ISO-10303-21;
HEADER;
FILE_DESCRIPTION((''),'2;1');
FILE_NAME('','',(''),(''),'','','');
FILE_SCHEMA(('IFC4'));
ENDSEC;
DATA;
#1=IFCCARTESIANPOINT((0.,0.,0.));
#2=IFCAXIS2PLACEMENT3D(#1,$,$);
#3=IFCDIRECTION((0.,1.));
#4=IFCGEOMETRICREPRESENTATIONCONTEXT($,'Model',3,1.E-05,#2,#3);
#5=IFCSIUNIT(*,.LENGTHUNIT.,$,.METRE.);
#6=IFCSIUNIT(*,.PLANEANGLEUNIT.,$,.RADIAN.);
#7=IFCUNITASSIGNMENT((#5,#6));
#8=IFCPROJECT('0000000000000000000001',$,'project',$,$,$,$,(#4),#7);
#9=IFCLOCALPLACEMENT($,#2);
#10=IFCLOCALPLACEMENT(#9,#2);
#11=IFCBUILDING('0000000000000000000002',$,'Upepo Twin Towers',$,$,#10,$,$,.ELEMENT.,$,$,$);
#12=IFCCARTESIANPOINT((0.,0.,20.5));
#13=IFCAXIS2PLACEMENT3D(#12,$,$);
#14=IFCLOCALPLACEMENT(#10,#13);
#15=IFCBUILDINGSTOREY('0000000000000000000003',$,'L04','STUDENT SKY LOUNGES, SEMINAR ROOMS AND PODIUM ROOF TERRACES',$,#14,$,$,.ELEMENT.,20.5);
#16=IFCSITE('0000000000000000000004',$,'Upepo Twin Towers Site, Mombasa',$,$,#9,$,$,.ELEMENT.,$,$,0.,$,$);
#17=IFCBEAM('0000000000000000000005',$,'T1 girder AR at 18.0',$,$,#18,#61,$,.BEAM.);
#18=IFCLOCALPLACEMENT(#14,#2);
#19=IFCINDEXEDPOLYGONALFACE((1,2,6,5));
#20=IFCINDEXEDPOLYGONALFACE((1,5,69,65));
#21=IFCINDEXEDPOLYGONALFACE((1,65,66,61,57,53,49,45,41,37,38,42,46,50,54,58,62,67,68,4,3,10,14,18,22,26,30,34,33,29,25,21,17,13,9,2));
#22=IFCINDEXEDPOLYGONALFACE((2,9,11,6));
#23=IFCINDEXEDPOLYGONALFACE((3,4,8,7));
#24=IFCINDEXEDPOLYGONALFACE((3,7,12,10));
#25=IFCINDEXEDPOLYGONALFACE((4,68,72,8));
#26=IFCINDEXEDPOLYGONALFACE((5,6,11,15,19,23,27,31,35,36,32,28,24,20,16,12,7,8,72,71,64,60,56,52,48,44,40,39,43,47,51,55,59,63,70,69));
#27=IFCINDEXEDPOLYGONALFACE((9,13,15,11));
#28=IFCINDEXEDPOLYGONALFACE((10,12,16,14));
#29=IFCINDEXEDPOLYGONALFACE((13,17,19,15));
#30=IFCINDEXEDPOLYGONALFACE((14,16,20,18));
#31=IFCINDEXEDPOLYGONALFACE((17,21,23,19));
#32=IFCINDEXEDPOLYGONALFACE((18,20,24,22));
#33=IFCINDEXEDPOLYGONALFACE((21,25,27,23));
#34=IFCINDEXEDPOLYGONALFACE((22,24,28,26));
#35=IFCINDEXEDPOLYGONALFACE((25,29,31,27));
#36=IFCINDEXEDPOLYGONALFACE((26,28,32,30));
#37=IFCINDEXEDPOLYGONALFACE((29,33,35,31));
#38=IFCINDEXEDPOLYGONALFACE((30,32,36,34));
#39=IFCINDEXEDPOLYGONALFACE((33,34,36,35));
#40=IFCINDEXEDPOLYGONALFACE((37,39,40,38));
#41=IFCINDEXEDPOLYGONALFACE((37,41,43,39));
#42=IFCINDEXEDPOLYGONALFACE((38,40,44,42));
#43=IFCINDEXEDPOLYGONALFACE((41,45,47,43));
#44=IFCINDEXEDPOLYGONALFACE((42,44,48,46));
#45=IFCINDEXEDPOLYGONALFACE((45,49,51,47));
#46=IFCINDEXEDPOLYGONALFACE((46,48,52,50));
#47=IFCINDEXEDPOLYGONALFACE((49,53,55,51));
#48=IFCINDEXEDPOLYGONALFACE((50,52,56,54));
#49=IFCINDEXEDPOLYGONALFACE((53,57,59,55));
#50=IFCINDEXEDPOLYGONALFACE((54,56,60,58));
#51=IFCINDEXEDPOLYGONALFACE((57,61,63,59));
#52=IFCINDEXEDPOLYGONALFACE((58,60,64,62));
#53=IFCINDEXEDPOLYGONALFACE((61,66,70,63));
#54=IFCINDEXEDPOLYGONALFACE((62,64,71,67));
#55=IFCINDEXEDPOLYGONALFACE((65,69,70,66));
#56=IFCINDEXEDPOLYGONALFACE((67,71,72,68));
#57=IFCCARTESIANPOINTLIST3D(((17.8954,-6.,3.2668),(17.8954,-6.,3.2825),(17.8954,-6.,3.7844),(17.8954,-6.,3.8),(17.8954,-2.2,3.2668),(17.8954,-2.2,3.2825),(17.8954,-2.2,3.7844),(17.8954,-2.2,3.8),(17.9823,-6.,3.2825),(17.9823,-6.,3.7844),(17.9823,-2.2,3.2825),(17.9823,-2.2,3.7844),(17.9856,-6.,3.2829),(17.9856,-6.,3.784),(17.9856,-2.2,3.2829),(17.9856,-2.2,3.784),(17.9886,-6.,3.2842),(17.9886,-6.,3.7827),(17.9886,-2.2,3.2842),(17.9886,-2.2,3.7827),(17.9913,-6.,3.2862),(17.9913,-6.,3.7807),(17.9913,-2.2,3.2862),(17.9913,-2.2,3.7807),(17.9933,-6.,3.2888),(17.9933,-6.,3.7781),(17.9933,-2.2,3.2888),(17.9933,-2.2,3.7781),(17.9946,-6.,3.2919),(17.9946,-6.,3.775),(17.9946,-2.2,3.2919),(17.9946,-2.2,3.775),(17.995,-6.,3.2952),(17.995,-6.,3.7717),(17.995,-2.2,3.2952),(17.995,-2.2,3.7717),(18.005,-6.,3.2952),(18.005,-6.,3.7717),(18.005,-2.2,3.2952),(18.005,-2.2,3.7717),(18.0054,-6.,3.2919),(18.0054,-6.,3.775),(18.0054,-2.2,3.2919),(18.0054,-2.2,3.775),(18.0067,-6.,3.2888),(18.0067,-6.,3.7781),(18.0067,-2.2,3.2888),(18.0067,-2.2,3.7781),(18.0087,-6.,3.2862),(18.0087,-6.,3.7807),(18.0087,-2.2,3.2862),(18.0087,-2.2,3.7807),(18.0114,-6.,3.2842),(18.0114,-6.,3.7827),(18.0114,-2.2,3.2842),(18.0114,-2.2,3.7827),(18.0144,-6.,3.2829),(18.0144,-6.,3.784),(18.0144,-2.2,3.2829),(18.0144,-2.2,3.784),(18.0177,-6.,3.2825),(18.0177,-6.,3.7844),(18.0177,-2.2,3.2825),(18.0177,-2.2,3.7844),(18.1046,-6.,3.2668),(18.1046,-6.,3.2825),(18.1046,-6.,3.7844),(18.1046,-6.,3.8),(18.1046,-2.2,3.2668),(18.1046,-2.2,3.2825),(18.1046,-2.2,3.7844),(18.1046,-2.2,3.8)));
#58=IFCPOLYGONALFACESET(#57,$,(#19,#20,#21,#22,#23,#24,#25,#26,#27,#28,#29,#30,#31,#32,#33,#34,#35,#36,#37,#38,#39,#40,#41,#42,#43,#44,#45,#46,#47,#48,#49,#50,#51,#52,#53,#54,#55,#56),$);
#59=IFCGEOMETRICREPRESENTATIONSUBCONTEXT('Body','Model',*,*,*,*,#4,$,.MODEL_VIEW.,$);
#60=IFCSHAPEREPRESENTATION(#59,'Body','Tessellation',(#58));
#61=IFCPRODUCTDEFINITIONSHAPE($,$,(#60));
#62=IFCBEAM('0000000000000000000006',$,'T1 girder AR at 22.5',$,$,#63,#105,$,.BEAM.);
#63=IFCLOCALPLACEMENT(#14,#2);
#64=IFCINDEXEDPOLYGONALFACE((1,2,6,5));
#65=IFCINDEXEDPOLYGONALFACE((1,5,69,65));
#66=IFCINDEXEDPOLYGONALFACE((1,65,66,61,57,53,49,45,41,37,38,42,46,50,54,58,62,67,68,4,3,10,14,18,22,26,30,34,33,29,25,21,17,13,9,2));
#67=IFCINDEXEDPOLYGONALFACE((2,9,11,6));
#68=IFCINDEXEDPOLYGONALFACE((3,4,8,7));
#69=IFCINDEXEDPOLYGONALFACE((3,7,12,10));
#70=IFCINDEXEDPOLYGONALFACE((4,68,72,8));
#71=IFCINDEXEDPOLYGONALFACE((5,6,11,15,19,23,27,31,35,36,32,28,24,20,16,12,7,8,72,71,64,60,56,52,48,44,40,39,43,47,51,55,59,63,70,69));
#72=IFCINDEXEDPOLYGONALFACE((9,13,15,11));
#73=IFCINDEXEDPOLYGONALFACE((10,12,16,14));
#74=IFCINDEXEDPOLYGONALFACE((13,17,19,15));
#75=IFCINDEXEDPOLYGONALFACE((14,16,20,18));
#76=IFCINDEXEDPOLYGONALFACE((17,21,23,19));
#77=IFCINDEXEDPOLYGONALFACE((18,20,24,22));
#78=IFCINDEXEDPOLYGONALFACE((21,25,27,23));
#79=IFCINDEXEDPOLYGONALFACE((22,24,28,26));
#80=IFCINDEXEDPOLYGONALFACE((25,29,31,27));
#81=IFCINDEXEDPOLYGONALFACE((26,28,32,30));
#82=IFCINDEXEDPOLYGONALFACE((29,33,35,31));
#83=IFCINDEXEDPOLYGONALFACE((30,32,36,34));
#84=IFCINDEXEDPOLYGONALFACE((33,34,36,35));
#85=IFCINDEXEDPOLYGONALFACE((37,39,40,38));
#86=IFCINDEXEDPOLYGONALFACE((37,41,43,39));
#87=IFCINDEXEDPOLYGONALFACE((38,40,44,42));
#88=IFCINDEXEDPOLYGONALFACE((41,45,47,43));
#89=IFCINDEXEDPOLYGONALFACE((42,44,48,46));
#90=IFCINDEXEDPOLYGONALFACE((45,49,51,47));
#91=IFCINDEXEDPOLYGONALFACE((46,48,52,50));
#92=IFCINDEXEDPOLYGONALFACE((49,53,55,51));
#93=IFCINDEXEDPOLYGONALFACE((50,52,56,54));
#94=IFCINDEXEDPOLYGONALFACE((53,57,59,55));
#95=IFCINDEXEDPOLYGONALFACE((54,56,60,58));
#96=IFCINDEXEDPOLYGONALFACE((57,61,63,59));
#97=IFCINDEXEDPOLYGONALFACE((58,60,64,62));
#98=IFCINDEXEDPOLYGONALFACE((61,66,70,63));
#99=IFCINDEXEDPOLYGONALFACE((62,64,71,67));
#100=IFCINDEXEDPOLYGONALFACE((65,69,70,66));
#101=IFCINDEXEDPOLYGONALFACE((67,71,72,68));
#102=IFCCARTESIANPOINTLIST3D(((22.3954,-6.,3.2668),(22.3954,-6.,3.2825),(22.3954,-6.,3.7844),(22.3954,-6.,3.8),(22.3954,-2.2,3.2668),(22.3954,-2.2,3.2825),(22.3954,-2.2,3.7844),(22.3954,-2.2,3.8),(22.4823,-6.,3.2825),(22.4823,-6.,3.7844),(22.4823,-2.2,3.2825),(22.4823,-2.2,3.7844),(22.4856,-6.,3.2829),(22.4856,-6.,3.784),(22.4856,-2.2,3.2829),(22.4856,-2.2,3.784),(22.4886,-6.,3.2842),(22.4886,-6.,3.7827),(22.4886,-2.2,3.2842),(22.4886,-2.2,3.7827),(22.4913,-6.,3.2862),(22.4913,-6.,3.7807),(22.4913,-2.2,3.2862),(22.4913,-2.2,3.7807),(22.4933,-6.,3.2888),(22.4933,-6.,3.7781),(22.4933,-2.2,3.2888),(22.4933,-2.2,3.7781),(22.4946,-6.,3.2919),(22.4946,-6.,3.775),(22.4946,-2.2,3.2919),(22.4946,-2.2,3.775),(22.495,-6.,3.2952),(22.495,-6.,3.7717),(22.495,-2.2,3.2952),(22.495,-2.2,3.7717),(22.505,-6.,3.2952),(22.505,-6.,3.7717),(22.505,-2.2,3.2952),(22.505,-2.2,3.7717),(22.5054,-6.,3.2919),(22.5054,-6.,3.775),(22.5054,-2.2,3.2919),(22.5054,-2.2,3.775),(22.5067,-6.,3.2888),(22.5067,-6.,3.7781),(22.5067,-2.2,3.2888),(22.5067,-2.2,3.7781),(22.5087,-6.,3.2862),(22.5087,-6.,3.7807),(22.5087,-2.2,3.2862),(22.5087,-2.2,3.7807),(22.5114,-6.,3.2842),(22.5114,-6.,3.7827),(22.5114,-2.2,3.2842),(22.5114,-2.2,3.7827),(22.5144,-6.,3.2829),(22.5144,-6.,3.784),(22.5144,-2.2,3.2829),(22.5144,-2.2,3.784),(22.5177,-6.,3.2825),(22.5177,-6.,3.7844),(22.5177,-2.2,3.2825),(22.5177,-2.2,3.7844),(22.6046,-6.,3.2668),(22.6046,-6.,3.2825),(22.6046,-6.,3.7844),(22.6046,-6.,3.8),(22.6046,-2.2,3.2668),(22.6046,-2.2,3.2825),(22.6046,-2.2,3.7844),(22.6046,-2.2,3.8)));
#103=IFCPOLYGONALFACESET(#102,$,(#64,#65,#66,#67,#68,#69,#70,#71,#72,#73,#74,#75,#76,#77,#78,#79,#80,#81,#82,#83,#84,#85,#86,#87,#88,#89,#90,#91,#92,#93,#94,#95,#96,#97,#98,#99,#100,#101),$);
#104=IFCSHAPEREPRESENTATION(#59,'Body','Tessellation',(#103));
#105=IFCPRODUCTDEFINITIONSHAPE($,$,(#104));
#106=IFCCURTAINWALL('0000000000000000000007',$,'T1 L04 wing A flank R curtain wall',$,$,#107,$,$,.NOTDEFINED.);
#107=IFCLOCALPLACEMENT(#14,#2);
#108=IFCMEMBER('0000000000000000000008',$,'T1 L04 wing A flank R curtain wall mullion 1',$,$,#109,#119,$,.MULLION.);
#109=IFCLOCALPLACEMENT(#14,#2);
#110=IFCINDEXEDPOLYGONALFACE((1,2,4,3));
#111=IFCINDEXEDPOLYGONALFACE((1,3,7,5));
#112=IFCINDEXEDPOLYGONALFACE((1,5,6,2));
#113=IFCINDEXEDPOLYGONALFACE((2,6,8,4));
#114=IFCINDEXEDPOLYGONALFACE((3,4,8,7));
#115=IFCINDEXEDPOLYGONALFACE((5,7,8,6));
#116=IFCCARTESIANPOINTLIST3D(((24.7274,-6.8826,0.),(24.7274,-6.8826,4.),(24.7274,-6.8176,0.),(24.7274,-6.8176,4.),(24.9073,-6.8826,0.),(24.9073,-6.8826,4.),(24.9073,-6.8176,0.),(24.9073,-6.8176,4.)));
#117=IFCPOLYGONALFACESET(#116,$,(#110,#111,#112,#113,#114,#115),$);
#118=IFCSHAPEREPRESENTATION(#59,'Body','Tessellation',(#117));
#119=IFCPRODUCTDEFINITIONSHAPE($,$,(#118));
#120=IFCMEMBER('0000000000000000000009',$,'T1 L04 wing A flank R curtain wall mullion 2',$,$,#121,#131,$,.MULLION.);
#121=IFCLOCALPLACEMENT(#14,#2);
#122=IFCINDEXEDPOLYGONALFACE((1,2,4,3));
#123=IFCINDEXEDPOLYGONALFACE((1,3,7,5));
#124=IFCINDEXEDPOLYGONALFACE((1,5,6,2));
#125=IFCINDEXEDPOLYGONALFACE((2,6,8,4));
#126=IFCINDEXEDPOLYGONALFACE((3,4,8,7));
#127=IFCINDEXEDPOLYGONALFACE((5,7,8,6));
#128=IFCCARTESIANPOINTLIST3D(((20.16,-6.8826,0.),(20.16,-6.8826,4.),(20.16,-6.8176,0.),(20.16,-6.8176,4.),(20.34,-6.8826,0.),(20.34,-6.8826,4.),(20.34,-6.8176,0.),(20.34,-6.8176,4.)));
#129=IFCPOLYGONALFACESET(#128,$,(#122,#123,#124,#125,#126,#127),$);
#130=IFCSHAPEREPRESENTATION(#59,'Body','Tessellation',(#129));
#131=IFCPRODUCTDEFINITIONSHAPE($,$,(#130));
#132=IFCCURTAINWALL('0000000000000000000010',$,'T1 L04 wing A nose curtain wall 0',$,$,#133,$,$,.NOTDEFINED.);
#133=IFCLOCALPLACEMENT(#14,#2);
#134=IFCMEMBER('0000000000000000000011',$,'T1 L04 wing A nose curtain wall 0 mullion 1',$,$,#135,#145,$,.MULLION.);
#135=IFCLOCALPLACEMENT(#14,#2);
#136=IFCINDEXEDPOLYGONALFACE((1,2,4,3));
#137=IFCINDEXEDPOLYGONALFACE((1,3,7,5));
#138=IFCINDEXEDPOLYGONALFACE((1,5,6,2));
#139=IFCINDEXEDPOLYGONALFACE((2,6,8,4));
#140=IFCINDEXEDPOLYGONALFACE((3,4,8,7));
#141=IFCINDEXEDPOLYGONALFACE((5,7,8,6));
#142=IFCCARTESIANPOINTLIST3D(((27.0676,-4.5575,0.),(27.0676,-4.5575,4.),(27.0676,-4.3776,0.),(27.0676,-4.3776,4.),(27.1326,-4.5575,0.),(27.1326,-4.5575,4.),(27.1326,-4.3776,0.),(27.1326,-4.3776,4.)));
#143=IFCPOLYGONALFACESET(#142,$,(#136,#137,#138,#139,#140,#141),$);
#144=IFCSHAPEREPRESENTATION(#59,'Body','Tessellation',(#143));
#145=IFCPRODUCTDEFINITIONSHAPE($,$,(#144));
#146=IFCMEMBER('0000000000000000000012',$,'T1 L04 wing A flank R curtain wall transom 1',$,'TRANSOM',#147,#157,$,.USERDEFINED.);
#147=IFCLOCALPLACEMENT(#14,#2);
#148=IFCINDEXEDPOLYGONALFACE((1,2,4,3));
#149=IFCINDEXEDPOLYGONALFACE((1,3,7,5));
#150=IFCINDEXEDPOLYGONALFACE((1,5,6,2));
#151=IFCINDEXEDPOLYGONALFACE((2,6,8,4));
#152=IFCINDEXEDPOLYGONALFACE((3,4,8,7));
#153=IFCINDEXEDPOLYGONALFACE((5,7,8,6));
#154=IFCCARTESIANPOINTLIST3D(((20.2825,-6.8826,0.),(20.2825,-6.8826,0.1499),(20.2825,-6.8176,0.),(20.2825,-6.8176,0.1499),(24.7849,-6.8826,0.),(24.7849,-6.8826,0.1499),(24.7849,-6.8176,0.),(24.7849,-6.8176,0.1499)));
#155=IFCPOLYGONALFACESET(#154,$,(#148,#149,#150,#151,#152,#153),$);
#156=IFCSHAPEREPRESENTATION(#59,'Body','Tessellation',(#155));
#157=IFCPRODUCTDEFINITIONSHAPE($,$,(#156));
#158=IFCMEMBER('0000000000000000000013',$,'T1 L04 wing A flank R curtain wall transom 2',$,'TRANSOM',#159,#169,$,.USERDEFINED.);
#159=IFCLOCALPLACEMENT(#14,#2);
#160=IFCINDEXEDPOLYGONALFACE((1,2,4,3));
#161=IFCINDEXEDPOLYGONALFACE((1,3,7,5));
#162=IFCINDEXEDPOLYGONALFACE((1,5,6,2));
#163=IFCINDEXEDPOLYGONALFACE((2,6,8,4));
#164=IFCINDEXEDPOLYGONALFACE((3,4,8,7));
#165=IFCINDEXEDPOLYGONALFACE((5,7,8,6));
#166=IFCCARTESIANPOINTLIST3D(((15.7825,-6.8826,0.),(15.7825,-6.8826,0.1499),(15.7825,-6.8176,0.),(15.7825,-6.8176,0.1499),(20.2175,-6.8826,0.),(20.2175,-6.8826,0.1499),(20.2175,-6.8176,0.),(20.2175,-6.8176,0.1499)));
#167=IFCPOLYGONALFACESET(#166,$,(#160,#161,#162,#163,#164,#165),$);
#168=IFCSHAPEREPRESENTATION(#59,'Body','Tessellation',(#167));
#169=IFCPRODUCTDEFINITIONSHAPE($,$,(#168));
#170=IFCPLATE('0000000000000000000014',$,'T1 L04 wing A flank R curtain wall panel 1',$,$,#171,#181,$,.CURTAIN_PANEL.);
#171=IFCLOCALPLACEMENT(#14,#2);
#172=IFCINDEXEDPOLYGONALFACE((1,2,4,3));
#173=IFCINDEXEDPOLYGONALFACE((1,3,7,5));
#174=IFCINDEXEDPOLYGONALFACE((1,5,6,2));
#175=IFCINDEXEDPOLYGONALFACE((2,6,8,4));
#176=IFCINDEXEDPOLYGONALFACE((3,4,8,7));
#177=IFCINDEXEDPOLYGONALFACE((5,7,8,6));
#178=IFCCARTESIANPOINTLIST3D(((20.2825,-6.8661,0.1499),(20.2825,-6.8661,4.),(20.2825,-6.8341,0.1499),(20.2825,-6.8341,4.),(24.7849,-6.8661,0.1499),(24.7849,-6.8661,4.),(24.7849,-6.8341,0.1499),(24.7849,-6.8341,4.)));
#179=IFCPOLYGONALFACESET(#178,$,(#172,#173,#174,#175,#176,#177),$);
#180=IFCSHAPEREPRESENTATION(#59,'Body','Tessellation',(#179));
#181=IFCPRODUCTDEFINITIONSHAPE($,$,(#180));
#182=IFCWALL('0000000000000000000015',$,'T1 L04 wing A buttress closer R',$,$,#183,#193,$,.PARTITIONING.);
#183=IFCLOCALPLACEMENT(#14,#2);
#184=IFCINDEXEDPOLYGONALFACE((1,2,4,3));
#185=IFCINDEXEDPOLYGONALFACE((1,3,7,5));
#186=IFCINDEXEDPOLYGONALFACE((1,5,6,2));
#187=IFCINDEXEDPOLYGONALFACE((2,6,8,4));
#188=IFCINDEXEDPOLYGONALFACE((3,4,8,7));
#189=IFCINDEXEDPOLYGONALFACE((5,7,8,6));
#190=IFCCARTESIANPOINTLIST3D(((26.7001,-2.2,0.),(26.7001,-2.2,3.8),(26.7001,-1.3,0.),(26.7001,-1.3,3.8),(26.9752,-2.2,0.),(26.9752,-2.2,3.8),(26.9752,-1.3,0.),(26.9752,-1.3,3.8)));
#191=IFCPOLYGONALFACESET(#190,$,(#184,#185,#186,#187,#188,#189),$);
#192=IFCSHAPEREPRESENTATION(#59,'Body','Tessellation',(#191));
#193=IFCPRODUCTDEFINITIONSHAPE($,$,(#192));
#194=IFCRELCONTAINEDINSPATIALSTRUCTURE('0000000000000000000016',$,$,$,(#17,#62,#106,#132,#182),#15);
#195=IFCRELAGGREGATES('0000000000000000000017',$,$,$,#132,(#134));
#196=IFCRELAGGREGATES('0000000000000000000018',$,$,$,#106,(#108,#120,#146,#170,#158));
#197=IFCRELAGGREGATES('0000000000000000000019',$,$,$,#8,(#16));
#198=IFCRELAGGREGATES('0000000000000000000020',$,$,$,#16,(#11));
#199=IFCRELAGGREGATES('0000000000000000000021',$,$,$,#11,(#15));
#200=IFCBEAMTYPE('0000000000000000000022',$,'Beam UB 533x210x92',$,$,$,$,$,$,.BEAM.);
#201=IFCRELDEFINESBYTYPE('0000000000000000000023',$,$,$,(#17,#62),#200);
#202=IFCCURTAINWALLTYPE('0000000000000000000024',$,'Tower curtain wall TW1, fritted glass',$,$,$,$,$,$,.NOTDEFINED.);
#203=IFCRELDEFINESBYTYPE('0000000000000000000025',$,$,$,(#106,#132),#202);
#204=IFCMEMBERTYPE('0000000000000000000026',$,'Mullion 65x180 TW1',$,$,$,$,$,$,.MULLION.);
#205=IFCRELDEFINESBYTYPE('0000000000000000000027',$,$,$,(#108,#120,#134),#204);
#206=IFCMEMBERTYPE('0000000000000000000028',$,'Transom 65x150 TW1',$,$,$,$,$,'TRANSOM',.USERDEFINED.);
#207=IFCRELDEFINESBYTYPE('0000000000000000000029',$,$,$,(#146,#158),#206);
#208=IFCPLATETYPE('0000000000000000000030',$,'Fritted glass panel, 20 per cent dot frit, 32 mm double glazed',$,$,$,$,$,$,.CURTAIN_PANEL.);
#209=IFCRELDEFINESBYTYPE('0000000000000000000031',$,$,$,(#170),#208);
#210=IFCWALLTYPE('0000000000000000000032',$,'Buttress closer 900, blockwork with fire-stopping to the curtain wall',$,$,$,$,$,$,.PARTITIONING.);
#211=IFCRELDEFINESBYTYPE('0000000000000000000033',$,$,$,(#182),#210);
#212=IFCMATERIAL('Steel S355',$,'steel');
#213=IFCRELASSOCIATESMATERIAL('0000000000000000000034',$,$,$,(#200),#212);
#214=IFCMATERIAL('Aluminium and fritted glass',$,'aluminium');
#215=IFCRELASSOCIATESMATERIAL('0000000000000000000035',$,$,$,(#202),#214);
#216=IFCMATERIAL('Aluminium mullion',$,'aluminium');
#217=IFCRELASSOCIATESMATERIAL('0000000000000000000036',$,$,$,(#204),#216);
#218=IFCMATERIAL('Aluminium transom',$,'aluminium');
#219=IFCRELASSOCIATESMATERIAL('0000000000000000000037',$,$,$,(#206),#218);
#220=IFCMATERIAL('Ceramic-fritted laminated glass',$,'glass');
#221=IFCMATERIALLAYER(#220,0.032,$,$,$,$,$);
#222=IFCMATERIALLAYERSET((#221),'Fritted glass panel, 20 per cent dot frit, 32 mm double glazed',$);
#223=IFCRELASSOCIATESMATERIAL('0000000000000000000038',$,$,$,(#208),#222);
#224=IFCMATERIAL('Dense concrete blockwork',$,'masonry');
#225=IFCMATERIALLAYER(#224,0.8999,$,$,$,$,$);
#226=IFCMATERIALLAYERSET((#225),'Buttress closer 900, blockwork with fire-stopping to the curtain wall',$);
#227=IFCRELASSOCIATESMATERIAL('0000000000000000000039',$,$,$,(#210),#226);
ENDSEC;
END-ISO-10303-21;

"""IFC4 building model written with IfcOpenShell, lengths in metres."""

from ifc_helpers import new_model, si_unit, direction, frame, frame_2d, origin, origin_2d, place, context, subcontext, project, spatial, rectangle, i_section, extrude, material, layer, layer_set, material_profile, profile_set, type_object, element, aggregate, save


model = new_model("IFC4")

# Units and contexts
model_context = context("Model", 3, precision=1e-05, world=origin(), true_north=direction((0.0, 1.0)))
body_context = subcontext(model_context, "Body", "Model", "MODEL_VIEW")
ifc_project = project(units=[si_unit("LENGTHUNIT", "METRE"), si_unit("PLANEANGLEUNIT", "RADIAN")], contexts=[model_context])

# Site, building, storey
site_placement = place(None, origin())
site = spatial("IfcSite", under=ifc_project, at=site_placement, Name="Upepo Twin Towers Site, Mombasa", CompositionType="ELEMENT", RefElevation=0.0)
building_placement = place(site_placement, origin())
building = spatial("IfcBuilding", under=site, at=building_placement, Name="Upepo Twin Towers", CompositionType="ELEMENT")
storey_placement = place(building_placement, frame((0.0, 0.0, 20.5)))
storey = spatial("IfcBuildingStorey", under=building, at=storey_placement, Name="L04", Description="STUDENT SKY LOUNGES, SEMINAR ROOMS AND PODIUM ROOF TERRACES", CompositionType="ELEMENT", Elevation=20.5)

# Beams
ifc_material_1 = material(Name="Steel S355", Category="steel")
ifc_material_profile_1 = material_profile(ifc_material_1, i_section(OverallWidth=0.2092, OverallDepth=0.5332, WebThickness=0.01, FlangeThickness=0.0156, FilletRadius=0.0127, at=origin_2d()), Name="UB 533x210x92")
ifc_profile_set_1 = profile_set([ifc_material_profile_1], Name="Steel S355")
beam_type_1 = type_object("IfcBeamType", Name="Beam UB 533x210x92", PredefinedType="BEAM", material=ifc_profile_set_1)
for number, where, z_axis, x_axis, name in (
    (1, (18.0, -6.0, 3.5334), (0.0, 1.0, 0.0), (-1.0, 0.0, 0.0), "T1 girder AR at 18.0"),
    (2, (22.5, -6.0, 3.5334), (0.0, 1.0, 0.0), (-1.0, 0.0, 0.0), "T1 girder AR at 22.5"),
):
    element("IfcBeam", number, at=place(storey_placement, frame(where, z_axis=z_axis, x_axis=x_axis)), inside=storey, type_object=beam_type_1, Name=name, PredefinedType="BEAM", context=body_context, shape_type="SweptSolid", body=[
        extrude(i_section(OverallWidth=0.2092, OverallDepth=0.5332, WebThickness=0.01, FlangeThickness=0.0156, FilletRadius=0.0127, at=origin_2d()), origin(), (0.0, 0.0, 1.0), 3.8),
    ])

# Curtain wall, members
ifc_material_2 = material(Name="Aluminium and fritted glass", Category="aluminium")
curtain_wall_type = type_object("IfcCurtainWallType", Name="Tower curtain wall TW1, fritted glass", PredefinedType="NOTDEFINED", material=ifc_material_2)
curtain_wall_1_placement = place(storey_placement, origin())
curtain_wall_1 = element("IfcCurtainWall", 3, at=curtain_wall_1_placement, inside=storey, type_object=curtain_wall_type, Name="T1 L04 wing A flank R curtain wall", PredefinedType="NOTDEFINED")
ifc_material_3 = material(Name="Aluminium mullion", Category="aluminium")
ifc_material_profile_2 = material_profile(ifc_material_3, rectangle(XDim=0.0649, YDim=0.1799, at=origin_2d()), Name="MULLION 65x180")
ifc_profile_set_2 = profile_set([ifc_material_profile_2], Name="Aluminium mullion")
member_type_1 = type_object("IfcMemberType", Name="Mullion 65x180 TW1", PredefinedType="MULLION", material=ifc_profile_set_2)
member_1_placement = place(storey_placement, frame((24.8174, -6.8501, 0.0), z_axis=(0.0, 0.0, 1.0), x_axis=(0.0, -1.0, 0.0)))
member_1 = element("IfcMember", 4, at=member_1_placement, type_object=member_type_1, Name="T1 L04 wing A flank R curtain wall mullion 1", PredefinedType="MULLION", context=body_context, shape_type="SweptSolid", body=[
    extrude(rectangle(XDim=0.0649, YDim=0.1799, at=origin_2d()), origin(), (0.0, 0.0, 1.0), 4.0),
])
member_2_placement = place(storey_placement, frame((20.25, -6.8501, 0.0), z_axis=(0.0, 0.0, 1.0), x_axis=(0.0, -1.0, 0.0)))
member_2 = element("IfcMember", 5, at=member_2_placement, type_object=member_type_1, Name="T1 L04 wing A flank R curtain wall mullion 2", PredefinedType="MULLION", context=body_context, shape_type="SweptSolid", body=[
    extrude(rectangle(XDim=0.0649, YDim=0.1799, at=origin_2d()), origin(), (0.0, 0.0, 1.0), 4.0),
])

# Curtain wall, member
curtain_wall_2_placement = place(storey_placement, origin())
curtain_wall_2 = element("IfcCurtainWall", 6, at=curtain_wall_2_placement, inside=storey, type_object=curtain_wall_type, Name="T1 L04 wing A nose curtain wall 0", PredefinedType="NOTDEFINED")
member_3_placement = place(storey_placement, frame((27.1001, -4.4675, 0.0), z_axis=(0.0, 0.0, 1.0), x_axis=(-1.0, 0.0, 0.0)))
member_3 = element("IfcMember", 7, at=member_3_placement, type_object=member_type_1, Name="T1 L04 wing A nose curtain wall 0 mullion 1", PredefinedType="MULLION", context=body_context, shape_type="SweptSolid", body=[
    extrude(rectangle(XDim=0.0649, YDim=0.1799, at=origin_2d()), origin(), (0.0, 0.0, 1.0), 4.0),
])
aggregate(curtain_wall_2, [member_3])

# Members
ifc_material_4 = material(Name="Aluminium transom", Category="aluminium")
ifc_material_profile_3 = material_profile(ifc_material_4, rectangle(XDim=0.0649, YDim=0.1499, at=origin_2d()), Name="TRANSOM 65x150")
ifc_profile_set_3 = profile_set([ifc_material_profile_3], Name="Aluminium transom")
member_type_2 = type_object("IfcMemberType", Name="Transom 65x150 TW1", ElementType="TRANSOM", PredefinedType="USERDEFINED", material=ifc_profile_set_3)
member_4_placement = place(storey_placement, frame((24.7849, -6.8501, 0.075), z_axis=(-1.0, 0.0, 0.0), x_axis=(0.0, -1.0, 0.0)))
member_4 = element("IfcMember", 8, at=member_4_placement, type_object=member_type_2, Name="T1 L04 wing A flank R curtain wall transom 1", ObjectType="TRANSOM", PredefinedType="USERDEFINED", context=body_context, shape_type="SweptSolid", body=[
    extrude(rectangle(XDim=0.0649, YDim=0.1499, at=origin_2d()), origin(), (0.0, 0.0, 1.0), 4.5024),
])
member_5_placement = place(storey_placement, frame((20.2175, -6.8501, 0.075), z_axis=(-1.0, 0.0, 0.0), x_axis=(0.0, -1.0, 0.0)))
member_5 = element("IfcMember", 9, at=member_5_placement, type_object=member_type_2, Name="T1 L04 wing A flank R curtain wall transom 2", ObjectType="TRANSOM", PredefinedType="USERDEFINED", context=body_context, shape_type="SweptSolid", body=[
    extrude(rectangle(XDim=0.0649, YDim=0.1499, at=origin_2d()), origin(), (0.0, 0.0, 1.0), 4.4351),
])

# Plate
ifc_material_5 = material(Name="Ceramic-fritted laminated glass", Category="glass")
ifc_layer_1 = layer(ifc_material_5, 0.032)
ifc_layer_set_1 = layer_set([ifc_layer_1], Name="Fritted glass panel, 20 per cent dot frit, 32 mm double glazed")
plate_type = type_object("IfcPlateType", Name="Fritted glass panel, 20 per cent dot frit, 32 mm double glazed", PredefinedType="CURTAIN_PANEL", material=ifc_layer_set_1)
plate_placement = place(storey_placement, frame((22.5337, -6.8501, 0.1499), z_axis=(0.0, 0.0, 1.0), x_axis=(-1.0, 0.0, 0.0)))
plate = element("IfcPlate", 10, at=plate_placement, type_object=plate_type, Name="T1 L04 wing A flank R curtain wall panel 1", PredefinedType="CURTAIN_PANEL", context=body_context, shape_type="SweptSolid", body=[
    extrude(rectangle(XDim=4.5024, YDim=0.032, at=origin_2d()), origin(), (0.0, 0.0, 1.0), 3.8501),
])
aggregate(curtain_wall_1, [member_1, member_2, member_4, plate, member_5])

# Wall
ifc_material_6 = material(Name="Dense concrete blockwork", Category="masonry")
ifc_layer_2 = layer(ifc_material_6, 0.8999)
ifc_layer_set_2 = layer_set([ifc_layer_2], Name="Buttress closer 900, blockwork with fire-stopping to the curtain wall")
wall_type_1 = type_object("IfcWallType", Name="Buttress closer 900, blockwork with fire-stopping to the curtain wall", PredefinedType="PARTITIONING", material=ifc_layer_set_2)
wall_placement = place(storey_placement, frame((26.7, -1.75, 0.0), z_axis=(0.0, 0.0, 1.0), x_axis=(1.0, 0.0, 0.0)))
element("IfcWall", 11, at=wall_placement, inside=storey, type_object=wall_type_1, Name="T1 L04 wing A buttress closer R", PredefinedType="PARTITIONING", context=body_context, shape_type="SweptSolid", body=[
    extrude(rectangle(XDim=0.2751, YDim=0.8999, at=frame_2d((0.1377, 0.0))), origin(), (0.0, 0.0, 1.0), 3.8),
])

save(model, "model.ifc")
